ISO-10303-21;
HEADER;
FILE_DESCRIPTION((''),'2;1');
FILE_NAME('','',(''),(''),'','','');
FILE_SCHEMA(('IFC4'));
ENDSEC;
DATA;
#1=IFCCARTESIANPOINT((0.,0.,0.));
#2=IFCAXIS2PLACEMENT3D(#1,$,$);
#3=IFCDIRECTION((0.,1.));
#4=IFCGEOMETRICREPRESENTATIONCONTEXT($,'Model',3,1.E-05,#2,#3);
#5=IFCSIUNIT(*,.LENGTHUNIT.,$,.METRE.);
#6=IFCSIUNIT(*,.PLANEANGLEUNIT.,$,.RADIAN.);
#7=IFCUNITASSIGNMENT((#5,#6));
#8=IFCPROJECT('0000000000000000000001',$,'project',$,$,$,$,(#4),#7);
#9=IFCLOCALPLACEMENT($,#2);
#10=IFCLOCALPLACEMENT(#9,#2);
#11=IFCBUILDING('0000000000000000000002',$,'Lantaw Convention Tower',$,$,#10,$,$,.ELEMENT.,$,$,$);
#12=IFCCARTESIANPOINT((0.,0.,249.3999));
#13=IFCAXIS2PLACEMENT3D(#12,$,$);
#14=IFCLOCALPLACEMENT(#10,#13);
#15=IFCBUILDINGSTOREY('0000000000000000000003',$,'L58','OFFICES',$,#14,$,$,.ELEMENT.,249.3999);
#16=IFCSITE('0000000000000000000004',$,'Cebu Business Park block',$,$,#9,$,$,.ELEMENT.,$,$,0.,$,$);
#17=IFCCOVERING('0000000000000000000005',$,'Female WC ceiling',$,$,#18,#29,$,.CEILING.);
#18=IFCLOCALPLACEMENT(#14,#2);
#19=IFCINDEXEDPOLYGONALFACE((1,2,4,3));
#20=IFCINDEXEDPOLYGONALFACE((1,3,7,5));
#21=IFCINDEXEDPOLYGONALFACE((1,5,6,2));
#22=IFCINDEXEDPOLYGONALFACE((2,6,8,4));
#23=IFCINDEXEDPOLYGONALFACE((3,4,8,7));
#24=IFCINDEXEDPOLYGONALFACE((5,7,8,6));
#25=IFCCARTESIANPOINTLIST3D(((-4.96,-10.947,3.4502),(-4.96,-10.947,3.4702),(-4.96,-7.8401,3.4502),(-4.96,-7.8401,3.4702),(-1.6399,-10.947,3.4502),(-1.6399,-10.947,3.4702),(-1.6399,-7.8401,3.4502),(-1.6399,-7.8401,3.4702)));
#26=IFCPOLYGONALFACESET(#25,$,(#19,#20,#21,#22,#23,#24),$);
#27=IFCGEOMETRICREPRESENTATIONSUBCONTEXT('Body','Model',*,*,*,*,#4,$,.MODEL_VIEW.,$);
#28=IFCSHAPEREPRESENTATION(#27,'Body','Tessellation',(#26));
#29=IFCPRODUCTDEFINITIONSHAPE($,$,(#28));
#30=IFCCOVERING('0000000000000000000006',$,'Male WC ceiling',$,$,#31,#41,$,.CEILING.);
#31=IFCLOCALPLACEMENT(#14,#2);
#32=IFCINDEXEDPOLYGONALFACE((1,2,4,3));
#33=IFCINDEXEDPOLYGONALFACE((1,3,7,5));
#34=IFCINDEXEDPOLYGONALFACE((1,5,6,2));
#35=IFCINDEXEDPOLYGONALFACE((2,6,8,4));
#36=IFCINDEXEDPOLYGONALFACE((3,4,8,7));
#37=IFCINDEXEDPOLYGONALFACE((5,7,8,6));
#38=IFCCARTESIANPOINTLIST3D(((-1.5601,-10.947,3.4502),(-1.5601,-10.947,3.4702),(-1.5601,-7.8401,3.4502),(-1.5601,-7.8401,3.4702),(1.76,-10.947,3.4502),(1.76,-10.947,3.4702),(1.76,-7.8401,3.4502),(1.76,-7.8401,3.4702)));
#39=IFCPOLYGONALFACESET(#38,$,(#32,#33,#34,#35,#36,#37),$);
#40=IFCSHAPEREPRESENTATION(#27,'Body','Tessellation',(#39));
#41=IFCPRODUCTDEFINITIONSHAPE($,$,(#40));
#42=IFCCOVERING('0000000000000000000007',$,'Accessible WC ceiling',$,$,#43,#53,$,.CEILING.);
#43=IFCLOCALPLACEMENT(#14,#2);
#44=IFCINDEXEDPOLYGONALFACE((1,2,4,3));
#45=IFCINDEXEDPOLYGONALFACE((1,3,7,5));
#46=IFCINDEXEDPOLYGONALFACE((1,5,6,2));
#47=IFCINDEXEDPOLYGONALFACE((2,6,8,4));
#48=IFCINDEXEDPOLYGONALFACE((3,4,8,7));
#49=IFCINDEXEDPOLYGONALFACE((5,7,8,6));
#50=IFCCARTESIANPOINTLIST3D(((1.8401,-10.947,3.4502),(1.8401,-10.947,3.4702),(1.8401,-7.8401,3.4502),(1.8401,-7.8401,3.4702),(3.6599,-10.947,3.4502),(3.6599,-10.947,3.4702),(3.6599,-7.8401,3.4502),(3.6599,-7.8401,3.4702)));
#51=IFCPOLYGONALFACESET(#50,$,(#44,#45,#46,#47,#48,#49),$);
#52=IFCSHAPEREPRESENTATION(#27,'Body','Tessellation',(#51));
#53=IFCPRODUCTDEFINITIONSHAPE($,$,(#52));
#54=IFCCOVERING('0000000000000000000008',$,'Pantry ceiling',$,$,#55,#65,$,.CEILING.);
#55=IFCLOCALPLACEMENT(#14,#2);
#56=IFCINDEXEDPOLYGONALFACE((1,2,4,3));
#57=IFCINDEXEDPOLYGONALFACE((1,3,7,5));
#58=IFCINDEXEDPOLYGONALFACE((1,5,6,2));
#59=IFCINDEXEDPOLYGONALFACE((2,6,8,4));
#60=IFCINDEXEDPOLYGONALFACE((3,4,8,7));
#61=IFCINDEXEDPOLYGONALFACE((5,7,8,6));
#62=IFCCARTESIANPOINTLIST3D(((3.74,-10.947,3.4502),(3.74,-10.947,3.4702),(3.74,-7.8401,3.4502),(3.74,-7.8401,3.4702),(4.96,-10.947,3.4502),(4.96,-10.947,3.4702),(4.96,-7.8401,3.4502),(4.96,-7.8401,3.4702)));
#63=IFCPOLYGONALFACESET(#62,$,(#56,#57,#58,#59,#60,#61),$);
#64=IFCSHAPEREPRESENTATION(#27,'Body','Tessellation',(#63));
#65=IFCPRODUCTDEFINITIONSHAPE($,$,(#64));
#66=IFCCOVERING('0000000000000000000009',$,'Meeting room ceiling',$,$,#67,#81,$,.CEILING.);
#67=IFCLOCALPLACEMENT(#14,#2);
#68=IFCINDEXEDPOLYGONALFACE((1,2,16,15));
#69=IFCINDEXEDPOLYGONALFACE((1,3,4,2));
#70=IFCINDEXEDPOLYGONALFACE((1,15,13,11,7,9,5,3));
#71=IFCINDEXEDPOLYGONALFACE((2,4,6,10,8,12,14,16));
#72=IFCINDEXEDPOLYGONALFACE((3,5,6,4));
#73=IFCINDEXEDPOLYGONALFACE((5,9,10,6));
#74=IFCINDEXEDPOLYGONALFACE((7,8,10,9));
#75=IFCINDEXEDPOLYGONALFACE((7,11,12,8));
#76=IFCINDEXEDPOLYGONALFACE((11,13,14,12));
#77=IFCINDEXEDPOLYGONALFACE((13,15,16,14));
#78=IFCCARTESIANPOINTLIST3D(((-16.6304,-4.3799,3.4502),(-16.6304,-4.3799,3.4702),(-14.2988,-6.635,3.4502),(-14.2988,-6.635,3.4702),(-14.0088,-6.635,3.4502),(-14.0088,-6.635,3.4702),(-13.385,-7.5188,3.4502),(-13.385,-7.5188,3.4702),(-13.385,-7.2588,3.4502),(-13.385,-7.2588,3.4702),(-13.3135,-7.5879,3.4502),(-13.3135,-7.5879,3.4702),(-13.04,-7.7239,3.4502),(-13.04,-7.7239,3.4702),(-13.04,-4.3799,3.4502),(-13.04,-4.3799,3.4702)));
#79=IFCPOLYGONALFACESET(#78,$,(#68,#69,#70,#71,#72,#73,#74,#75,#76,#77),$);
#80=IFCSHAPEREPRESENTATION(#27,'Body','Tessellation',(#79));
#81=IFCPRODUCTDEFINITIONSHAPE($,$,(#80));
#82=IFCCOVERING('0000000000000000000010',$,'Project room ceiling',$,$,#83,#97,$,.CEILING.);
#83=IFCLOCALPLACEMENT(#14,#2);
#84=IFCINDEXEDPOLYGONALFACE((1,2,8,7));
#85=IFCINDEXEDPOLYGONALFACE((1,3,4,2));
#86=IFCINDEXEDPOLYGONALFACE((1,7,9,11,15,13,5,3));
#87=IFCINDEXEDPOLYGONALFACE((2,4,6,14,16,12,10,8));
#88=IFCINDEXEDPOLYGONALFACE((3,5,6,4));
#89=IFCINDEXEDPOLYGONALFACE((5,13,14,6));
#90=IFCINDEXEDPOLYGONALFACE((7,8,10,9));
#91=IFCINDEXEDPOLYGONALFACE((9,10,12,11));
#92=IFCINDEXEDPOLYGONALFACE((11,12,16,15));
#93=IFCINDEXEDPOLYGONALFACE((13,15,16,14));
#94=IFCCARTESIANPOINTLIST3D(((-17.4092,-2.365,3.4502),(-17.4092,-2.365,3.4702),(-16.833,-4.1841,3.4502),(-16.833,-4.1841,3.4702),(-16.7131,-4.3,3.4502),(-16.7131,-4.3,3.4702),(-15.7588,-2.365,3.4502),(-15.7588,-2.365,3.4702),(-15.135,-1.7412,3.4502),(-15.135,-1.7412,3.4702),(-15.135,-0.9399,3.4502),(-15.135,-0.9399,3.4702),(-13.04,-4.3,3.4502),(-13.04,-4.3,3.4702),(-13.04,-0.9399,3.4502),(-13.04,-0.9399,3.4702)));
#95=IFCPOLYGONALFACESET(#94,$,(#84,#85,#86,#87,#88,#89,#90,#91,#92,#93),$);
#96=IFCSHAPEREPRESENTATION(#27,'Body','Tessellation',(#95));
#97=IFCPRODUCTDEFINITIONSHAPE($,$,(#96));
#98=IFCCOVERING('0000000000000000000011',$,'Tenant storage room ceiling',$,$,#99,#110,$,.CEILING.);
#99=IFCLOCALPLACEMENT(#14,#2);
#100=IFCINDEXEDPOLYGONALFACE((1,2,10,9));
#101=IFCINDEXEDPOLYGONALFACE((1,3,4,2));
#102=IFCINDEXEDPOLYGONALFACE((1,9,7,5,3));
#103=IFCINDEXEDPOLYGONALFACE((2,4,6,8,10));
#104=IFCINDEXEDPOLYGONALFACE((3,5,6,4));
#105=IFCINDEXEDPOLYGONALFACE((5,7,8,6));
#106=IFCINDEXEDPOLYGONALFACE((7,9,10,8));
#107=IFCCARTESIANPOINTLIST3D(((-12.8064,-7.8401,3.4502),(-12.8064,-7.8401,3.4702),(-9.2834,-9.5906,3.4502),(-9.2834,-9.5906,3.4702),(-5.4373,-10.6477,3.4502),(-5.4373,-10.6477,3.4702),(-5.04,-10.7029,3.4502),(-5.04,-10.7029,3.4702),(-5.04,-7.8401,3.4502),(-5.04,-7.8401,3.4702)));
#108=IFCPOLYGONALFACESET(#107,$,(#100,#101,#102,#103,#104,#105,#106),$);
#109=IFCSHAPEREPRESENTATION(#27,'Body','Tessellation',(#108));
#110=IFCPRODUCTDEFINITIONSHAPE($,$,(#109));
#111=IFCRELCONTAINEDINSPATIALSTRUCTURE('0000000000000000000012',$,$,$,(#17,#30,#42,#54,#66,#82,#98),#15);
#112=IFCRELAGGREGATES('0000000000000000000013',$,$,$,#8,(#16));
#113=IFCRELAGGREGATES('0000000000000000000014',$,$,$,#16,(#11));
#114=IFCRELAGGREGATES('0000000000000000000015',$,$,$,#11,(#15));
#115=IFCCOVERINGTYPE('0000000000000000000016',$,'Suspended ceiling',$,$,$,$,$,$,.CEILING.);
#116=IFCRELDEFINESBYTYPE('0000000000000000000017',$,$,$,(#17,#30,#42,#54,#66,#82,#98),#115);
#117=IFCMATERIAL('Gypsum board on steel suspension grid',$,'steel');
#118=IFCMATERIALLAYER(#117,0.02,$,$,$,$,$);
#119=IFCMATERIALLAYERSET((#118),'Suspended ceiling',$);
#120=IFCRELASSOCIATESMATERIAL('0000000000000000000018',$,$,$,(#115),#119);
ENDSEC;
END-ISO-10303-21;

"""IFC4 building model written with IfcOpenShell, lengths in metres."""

from ifc_helpers import new_model, si_unit, direction, frame, origin, place, context, subcontext, project, spatial, polyline, outline, extrude, material, layer, layer_set, type_object, element, save


model = new_model("IFC4")

# Units and contexts
model_context = context("Model", 3, precision=1e-05, world=origin(), true_north=direction((0.0, 1.0)))
body_context = subcontext(model_context, "Body", "Model", "MODEL_VIEW")
ifc_project = project(units=[si_unit("LENGTHUNIT", "METRE"), si_unit("PLANEANGLEUNIT", "RADIAN")], contexts=[model_context])

# Site, building, storey
site_placement = place(None, origin())
site = spatial("IfcSite", under=ifc_project, at=site_placement, Name="Cebu Business Park block", CompositionType="ELEMENT", RefElevation=0.0)
building_placement = place(site_placement, origin())
building = spatial("IfcBuilding", under=site, at=building_placement, Name="Lantaw Convention Tower", CompositionType="ELEMENT")
storey_placement = place(building_placement, frame((0.0, 0.0, 249.3999)))
storey = spatial("IfcBuildingStorey", under=building, at=storey_placement, Name="L58", Description="OFFICES", CompositionType="ELEMENT", Elevation=249.3999)

# Coverings
ifc_material_1 = material(Name="Gypsum board on steel suspension grid", Category="steel")
ifc_layer_1 = layer(ifc_material_1, 0.02)
ifc_layer_set_1 = layer_set([ifc_layer_1], Name="Suspended ceiling")
covering_type = type_object("IfcCoveringType", Name="Suspended ceiling", PredefinedType="CEILING", material=ifc_layer_set_1)
covering_1_placement = place(storey_placement, frame((0.0, 0.0, 3.4502)))
element("IfcCovering", 1, at=covering_1_placement, inside=storey, type_object=covering_type, Name="Female WC ceiling", PredefinedType="CEILING", context=body_context, shape_type="SweptSolid", body=[
    extrude(outline(polyline([(-4.96, -10.947), (-1.6399, -10.947), (-1.6399, -7.8401), (-4.96, -7.8401), (-4.96, -10.947)])), origin(), (0.0, 0.0, 1.0), 0.02),
])
covering_2_placement = place(storey_placement, frame((0.0, 0.0, 3.4502)))
element("IfcCovering", 2, at=covering_2_placement, inside=storey, type_object=covering_type, Name="Male WC ceiling", PredefinedType="CEILING", context=body_context, shape_type="SweptSolid", body=[
    extrude(outline(polyline([(-1.5601, -10.947), (1.76, -10.947), (1.76, -7.8401), (-1.5601, -7.8401), (-1.5601, -10.947)])), origin(), (0.0, 0.0, 1.0), 0.02),
])
covering_3_placement = place(storey_placement, frame((0.0, 0.0, 3.4502)))
element("IfcCovering", 3, at=covering_3_placement, inside=storey, type_object=covering_type, Name="Accessible WC ceiling", PredefinedType="CEILING", context=body_context, shape_type="SweptSolid", body=[
    extrude(outline(polyline([(1.8401, -10.947), (3.6599, -10.947), (3.6599, -7.8401), (1.8401, -7.8401), (1.8401, -10.947)])), origin(), (0.0, 0.0, 1.0), 0.02),
])
covering_4_placement = place(storey_placement, frame((0.0, 0.0, 3.4502)))
element("IfcCovering", 4, at=covering_4_placement, inside=storey, type_object=covering_type, Name="Pantry ceiling", PredefinedType="CEILING", context=body_context, shape_type="SweptSolid", body=[
    extrude(outline(polyline([(3.74, -10.947), (4.96, -10.947), (4.96, -7.8401), (3.74, -7.8401), (3.74, -10.947)])), origin(), (0.0, 0.0, 1.0), 0.02),
])
covering_5_placement = place(storey_placement, frame((0.0, 0.0, 3.4502)))
element("IfcCovering", 5, at=covering_5_placement, inside=storey, type_object=covering_type, Name="Meeting room ceiling", PredefinedType="CEILING", context=body_context, shape_type="SweptSolid", body=[
    extrude(outline(polyline([(-13.385, -7.5188), (-13.3135, -7.5879), (-13.04, -7.7239), (-13.04, -4.3799), (-16.6304, -4.3799), (-14.2988, -6.635), (-14.0088, -6.635), (-13.385, -7.2588), (-13.385, -7.5188)])), origin(), (0.0, 0.0, 1.0), 0.02),
])
covering_6_placement = place(storey_placement, frame((0.0, 0.0, 3.4502)))
element("IfcCovering", 6, at=covering_6_placement, inside=storey, type_object=covering_type, Name="Project room ceiling", PredefinedType="CEILING", context=body_context, shape_type="SweptSolid", body=[
    extrude(outline(polyline([(-17.4092, -2.365), (-16.833, -4.1841), (-16.7131, -4.3), (-13.04, -4.3), (-13.04, -0.9399), (-15.135, -0.9399), (-15.135, -1.7412), (-15.7588, -2.365), (-17.4092, -2.365)])), origin(), (0.0, 0.0, 1.0), 0.02),
])
covering_7_placement = place(storey_placement, frame((0.0, 0.0, 3.4502)))
element("IfcCovering", 7, at=covering_7_placement, inside=storey, type_object=covering_type, Name="Tenant storage room ceiling", PredefinedType="CEILING", context=body_context, shape_type="SweptSolid", body=[
    extrude(outline(polyline([(-5.04, -7.8401), (-12.8064, -7.8401), (-9.2834, -9.5906), (-5.4373, -10.6477), (-5.04, -10.7029), (-5.04, -7.8401)])), origin(), (0.0, 0.0, 1.0), 0.02),
])

save(model, "model.ifc")
